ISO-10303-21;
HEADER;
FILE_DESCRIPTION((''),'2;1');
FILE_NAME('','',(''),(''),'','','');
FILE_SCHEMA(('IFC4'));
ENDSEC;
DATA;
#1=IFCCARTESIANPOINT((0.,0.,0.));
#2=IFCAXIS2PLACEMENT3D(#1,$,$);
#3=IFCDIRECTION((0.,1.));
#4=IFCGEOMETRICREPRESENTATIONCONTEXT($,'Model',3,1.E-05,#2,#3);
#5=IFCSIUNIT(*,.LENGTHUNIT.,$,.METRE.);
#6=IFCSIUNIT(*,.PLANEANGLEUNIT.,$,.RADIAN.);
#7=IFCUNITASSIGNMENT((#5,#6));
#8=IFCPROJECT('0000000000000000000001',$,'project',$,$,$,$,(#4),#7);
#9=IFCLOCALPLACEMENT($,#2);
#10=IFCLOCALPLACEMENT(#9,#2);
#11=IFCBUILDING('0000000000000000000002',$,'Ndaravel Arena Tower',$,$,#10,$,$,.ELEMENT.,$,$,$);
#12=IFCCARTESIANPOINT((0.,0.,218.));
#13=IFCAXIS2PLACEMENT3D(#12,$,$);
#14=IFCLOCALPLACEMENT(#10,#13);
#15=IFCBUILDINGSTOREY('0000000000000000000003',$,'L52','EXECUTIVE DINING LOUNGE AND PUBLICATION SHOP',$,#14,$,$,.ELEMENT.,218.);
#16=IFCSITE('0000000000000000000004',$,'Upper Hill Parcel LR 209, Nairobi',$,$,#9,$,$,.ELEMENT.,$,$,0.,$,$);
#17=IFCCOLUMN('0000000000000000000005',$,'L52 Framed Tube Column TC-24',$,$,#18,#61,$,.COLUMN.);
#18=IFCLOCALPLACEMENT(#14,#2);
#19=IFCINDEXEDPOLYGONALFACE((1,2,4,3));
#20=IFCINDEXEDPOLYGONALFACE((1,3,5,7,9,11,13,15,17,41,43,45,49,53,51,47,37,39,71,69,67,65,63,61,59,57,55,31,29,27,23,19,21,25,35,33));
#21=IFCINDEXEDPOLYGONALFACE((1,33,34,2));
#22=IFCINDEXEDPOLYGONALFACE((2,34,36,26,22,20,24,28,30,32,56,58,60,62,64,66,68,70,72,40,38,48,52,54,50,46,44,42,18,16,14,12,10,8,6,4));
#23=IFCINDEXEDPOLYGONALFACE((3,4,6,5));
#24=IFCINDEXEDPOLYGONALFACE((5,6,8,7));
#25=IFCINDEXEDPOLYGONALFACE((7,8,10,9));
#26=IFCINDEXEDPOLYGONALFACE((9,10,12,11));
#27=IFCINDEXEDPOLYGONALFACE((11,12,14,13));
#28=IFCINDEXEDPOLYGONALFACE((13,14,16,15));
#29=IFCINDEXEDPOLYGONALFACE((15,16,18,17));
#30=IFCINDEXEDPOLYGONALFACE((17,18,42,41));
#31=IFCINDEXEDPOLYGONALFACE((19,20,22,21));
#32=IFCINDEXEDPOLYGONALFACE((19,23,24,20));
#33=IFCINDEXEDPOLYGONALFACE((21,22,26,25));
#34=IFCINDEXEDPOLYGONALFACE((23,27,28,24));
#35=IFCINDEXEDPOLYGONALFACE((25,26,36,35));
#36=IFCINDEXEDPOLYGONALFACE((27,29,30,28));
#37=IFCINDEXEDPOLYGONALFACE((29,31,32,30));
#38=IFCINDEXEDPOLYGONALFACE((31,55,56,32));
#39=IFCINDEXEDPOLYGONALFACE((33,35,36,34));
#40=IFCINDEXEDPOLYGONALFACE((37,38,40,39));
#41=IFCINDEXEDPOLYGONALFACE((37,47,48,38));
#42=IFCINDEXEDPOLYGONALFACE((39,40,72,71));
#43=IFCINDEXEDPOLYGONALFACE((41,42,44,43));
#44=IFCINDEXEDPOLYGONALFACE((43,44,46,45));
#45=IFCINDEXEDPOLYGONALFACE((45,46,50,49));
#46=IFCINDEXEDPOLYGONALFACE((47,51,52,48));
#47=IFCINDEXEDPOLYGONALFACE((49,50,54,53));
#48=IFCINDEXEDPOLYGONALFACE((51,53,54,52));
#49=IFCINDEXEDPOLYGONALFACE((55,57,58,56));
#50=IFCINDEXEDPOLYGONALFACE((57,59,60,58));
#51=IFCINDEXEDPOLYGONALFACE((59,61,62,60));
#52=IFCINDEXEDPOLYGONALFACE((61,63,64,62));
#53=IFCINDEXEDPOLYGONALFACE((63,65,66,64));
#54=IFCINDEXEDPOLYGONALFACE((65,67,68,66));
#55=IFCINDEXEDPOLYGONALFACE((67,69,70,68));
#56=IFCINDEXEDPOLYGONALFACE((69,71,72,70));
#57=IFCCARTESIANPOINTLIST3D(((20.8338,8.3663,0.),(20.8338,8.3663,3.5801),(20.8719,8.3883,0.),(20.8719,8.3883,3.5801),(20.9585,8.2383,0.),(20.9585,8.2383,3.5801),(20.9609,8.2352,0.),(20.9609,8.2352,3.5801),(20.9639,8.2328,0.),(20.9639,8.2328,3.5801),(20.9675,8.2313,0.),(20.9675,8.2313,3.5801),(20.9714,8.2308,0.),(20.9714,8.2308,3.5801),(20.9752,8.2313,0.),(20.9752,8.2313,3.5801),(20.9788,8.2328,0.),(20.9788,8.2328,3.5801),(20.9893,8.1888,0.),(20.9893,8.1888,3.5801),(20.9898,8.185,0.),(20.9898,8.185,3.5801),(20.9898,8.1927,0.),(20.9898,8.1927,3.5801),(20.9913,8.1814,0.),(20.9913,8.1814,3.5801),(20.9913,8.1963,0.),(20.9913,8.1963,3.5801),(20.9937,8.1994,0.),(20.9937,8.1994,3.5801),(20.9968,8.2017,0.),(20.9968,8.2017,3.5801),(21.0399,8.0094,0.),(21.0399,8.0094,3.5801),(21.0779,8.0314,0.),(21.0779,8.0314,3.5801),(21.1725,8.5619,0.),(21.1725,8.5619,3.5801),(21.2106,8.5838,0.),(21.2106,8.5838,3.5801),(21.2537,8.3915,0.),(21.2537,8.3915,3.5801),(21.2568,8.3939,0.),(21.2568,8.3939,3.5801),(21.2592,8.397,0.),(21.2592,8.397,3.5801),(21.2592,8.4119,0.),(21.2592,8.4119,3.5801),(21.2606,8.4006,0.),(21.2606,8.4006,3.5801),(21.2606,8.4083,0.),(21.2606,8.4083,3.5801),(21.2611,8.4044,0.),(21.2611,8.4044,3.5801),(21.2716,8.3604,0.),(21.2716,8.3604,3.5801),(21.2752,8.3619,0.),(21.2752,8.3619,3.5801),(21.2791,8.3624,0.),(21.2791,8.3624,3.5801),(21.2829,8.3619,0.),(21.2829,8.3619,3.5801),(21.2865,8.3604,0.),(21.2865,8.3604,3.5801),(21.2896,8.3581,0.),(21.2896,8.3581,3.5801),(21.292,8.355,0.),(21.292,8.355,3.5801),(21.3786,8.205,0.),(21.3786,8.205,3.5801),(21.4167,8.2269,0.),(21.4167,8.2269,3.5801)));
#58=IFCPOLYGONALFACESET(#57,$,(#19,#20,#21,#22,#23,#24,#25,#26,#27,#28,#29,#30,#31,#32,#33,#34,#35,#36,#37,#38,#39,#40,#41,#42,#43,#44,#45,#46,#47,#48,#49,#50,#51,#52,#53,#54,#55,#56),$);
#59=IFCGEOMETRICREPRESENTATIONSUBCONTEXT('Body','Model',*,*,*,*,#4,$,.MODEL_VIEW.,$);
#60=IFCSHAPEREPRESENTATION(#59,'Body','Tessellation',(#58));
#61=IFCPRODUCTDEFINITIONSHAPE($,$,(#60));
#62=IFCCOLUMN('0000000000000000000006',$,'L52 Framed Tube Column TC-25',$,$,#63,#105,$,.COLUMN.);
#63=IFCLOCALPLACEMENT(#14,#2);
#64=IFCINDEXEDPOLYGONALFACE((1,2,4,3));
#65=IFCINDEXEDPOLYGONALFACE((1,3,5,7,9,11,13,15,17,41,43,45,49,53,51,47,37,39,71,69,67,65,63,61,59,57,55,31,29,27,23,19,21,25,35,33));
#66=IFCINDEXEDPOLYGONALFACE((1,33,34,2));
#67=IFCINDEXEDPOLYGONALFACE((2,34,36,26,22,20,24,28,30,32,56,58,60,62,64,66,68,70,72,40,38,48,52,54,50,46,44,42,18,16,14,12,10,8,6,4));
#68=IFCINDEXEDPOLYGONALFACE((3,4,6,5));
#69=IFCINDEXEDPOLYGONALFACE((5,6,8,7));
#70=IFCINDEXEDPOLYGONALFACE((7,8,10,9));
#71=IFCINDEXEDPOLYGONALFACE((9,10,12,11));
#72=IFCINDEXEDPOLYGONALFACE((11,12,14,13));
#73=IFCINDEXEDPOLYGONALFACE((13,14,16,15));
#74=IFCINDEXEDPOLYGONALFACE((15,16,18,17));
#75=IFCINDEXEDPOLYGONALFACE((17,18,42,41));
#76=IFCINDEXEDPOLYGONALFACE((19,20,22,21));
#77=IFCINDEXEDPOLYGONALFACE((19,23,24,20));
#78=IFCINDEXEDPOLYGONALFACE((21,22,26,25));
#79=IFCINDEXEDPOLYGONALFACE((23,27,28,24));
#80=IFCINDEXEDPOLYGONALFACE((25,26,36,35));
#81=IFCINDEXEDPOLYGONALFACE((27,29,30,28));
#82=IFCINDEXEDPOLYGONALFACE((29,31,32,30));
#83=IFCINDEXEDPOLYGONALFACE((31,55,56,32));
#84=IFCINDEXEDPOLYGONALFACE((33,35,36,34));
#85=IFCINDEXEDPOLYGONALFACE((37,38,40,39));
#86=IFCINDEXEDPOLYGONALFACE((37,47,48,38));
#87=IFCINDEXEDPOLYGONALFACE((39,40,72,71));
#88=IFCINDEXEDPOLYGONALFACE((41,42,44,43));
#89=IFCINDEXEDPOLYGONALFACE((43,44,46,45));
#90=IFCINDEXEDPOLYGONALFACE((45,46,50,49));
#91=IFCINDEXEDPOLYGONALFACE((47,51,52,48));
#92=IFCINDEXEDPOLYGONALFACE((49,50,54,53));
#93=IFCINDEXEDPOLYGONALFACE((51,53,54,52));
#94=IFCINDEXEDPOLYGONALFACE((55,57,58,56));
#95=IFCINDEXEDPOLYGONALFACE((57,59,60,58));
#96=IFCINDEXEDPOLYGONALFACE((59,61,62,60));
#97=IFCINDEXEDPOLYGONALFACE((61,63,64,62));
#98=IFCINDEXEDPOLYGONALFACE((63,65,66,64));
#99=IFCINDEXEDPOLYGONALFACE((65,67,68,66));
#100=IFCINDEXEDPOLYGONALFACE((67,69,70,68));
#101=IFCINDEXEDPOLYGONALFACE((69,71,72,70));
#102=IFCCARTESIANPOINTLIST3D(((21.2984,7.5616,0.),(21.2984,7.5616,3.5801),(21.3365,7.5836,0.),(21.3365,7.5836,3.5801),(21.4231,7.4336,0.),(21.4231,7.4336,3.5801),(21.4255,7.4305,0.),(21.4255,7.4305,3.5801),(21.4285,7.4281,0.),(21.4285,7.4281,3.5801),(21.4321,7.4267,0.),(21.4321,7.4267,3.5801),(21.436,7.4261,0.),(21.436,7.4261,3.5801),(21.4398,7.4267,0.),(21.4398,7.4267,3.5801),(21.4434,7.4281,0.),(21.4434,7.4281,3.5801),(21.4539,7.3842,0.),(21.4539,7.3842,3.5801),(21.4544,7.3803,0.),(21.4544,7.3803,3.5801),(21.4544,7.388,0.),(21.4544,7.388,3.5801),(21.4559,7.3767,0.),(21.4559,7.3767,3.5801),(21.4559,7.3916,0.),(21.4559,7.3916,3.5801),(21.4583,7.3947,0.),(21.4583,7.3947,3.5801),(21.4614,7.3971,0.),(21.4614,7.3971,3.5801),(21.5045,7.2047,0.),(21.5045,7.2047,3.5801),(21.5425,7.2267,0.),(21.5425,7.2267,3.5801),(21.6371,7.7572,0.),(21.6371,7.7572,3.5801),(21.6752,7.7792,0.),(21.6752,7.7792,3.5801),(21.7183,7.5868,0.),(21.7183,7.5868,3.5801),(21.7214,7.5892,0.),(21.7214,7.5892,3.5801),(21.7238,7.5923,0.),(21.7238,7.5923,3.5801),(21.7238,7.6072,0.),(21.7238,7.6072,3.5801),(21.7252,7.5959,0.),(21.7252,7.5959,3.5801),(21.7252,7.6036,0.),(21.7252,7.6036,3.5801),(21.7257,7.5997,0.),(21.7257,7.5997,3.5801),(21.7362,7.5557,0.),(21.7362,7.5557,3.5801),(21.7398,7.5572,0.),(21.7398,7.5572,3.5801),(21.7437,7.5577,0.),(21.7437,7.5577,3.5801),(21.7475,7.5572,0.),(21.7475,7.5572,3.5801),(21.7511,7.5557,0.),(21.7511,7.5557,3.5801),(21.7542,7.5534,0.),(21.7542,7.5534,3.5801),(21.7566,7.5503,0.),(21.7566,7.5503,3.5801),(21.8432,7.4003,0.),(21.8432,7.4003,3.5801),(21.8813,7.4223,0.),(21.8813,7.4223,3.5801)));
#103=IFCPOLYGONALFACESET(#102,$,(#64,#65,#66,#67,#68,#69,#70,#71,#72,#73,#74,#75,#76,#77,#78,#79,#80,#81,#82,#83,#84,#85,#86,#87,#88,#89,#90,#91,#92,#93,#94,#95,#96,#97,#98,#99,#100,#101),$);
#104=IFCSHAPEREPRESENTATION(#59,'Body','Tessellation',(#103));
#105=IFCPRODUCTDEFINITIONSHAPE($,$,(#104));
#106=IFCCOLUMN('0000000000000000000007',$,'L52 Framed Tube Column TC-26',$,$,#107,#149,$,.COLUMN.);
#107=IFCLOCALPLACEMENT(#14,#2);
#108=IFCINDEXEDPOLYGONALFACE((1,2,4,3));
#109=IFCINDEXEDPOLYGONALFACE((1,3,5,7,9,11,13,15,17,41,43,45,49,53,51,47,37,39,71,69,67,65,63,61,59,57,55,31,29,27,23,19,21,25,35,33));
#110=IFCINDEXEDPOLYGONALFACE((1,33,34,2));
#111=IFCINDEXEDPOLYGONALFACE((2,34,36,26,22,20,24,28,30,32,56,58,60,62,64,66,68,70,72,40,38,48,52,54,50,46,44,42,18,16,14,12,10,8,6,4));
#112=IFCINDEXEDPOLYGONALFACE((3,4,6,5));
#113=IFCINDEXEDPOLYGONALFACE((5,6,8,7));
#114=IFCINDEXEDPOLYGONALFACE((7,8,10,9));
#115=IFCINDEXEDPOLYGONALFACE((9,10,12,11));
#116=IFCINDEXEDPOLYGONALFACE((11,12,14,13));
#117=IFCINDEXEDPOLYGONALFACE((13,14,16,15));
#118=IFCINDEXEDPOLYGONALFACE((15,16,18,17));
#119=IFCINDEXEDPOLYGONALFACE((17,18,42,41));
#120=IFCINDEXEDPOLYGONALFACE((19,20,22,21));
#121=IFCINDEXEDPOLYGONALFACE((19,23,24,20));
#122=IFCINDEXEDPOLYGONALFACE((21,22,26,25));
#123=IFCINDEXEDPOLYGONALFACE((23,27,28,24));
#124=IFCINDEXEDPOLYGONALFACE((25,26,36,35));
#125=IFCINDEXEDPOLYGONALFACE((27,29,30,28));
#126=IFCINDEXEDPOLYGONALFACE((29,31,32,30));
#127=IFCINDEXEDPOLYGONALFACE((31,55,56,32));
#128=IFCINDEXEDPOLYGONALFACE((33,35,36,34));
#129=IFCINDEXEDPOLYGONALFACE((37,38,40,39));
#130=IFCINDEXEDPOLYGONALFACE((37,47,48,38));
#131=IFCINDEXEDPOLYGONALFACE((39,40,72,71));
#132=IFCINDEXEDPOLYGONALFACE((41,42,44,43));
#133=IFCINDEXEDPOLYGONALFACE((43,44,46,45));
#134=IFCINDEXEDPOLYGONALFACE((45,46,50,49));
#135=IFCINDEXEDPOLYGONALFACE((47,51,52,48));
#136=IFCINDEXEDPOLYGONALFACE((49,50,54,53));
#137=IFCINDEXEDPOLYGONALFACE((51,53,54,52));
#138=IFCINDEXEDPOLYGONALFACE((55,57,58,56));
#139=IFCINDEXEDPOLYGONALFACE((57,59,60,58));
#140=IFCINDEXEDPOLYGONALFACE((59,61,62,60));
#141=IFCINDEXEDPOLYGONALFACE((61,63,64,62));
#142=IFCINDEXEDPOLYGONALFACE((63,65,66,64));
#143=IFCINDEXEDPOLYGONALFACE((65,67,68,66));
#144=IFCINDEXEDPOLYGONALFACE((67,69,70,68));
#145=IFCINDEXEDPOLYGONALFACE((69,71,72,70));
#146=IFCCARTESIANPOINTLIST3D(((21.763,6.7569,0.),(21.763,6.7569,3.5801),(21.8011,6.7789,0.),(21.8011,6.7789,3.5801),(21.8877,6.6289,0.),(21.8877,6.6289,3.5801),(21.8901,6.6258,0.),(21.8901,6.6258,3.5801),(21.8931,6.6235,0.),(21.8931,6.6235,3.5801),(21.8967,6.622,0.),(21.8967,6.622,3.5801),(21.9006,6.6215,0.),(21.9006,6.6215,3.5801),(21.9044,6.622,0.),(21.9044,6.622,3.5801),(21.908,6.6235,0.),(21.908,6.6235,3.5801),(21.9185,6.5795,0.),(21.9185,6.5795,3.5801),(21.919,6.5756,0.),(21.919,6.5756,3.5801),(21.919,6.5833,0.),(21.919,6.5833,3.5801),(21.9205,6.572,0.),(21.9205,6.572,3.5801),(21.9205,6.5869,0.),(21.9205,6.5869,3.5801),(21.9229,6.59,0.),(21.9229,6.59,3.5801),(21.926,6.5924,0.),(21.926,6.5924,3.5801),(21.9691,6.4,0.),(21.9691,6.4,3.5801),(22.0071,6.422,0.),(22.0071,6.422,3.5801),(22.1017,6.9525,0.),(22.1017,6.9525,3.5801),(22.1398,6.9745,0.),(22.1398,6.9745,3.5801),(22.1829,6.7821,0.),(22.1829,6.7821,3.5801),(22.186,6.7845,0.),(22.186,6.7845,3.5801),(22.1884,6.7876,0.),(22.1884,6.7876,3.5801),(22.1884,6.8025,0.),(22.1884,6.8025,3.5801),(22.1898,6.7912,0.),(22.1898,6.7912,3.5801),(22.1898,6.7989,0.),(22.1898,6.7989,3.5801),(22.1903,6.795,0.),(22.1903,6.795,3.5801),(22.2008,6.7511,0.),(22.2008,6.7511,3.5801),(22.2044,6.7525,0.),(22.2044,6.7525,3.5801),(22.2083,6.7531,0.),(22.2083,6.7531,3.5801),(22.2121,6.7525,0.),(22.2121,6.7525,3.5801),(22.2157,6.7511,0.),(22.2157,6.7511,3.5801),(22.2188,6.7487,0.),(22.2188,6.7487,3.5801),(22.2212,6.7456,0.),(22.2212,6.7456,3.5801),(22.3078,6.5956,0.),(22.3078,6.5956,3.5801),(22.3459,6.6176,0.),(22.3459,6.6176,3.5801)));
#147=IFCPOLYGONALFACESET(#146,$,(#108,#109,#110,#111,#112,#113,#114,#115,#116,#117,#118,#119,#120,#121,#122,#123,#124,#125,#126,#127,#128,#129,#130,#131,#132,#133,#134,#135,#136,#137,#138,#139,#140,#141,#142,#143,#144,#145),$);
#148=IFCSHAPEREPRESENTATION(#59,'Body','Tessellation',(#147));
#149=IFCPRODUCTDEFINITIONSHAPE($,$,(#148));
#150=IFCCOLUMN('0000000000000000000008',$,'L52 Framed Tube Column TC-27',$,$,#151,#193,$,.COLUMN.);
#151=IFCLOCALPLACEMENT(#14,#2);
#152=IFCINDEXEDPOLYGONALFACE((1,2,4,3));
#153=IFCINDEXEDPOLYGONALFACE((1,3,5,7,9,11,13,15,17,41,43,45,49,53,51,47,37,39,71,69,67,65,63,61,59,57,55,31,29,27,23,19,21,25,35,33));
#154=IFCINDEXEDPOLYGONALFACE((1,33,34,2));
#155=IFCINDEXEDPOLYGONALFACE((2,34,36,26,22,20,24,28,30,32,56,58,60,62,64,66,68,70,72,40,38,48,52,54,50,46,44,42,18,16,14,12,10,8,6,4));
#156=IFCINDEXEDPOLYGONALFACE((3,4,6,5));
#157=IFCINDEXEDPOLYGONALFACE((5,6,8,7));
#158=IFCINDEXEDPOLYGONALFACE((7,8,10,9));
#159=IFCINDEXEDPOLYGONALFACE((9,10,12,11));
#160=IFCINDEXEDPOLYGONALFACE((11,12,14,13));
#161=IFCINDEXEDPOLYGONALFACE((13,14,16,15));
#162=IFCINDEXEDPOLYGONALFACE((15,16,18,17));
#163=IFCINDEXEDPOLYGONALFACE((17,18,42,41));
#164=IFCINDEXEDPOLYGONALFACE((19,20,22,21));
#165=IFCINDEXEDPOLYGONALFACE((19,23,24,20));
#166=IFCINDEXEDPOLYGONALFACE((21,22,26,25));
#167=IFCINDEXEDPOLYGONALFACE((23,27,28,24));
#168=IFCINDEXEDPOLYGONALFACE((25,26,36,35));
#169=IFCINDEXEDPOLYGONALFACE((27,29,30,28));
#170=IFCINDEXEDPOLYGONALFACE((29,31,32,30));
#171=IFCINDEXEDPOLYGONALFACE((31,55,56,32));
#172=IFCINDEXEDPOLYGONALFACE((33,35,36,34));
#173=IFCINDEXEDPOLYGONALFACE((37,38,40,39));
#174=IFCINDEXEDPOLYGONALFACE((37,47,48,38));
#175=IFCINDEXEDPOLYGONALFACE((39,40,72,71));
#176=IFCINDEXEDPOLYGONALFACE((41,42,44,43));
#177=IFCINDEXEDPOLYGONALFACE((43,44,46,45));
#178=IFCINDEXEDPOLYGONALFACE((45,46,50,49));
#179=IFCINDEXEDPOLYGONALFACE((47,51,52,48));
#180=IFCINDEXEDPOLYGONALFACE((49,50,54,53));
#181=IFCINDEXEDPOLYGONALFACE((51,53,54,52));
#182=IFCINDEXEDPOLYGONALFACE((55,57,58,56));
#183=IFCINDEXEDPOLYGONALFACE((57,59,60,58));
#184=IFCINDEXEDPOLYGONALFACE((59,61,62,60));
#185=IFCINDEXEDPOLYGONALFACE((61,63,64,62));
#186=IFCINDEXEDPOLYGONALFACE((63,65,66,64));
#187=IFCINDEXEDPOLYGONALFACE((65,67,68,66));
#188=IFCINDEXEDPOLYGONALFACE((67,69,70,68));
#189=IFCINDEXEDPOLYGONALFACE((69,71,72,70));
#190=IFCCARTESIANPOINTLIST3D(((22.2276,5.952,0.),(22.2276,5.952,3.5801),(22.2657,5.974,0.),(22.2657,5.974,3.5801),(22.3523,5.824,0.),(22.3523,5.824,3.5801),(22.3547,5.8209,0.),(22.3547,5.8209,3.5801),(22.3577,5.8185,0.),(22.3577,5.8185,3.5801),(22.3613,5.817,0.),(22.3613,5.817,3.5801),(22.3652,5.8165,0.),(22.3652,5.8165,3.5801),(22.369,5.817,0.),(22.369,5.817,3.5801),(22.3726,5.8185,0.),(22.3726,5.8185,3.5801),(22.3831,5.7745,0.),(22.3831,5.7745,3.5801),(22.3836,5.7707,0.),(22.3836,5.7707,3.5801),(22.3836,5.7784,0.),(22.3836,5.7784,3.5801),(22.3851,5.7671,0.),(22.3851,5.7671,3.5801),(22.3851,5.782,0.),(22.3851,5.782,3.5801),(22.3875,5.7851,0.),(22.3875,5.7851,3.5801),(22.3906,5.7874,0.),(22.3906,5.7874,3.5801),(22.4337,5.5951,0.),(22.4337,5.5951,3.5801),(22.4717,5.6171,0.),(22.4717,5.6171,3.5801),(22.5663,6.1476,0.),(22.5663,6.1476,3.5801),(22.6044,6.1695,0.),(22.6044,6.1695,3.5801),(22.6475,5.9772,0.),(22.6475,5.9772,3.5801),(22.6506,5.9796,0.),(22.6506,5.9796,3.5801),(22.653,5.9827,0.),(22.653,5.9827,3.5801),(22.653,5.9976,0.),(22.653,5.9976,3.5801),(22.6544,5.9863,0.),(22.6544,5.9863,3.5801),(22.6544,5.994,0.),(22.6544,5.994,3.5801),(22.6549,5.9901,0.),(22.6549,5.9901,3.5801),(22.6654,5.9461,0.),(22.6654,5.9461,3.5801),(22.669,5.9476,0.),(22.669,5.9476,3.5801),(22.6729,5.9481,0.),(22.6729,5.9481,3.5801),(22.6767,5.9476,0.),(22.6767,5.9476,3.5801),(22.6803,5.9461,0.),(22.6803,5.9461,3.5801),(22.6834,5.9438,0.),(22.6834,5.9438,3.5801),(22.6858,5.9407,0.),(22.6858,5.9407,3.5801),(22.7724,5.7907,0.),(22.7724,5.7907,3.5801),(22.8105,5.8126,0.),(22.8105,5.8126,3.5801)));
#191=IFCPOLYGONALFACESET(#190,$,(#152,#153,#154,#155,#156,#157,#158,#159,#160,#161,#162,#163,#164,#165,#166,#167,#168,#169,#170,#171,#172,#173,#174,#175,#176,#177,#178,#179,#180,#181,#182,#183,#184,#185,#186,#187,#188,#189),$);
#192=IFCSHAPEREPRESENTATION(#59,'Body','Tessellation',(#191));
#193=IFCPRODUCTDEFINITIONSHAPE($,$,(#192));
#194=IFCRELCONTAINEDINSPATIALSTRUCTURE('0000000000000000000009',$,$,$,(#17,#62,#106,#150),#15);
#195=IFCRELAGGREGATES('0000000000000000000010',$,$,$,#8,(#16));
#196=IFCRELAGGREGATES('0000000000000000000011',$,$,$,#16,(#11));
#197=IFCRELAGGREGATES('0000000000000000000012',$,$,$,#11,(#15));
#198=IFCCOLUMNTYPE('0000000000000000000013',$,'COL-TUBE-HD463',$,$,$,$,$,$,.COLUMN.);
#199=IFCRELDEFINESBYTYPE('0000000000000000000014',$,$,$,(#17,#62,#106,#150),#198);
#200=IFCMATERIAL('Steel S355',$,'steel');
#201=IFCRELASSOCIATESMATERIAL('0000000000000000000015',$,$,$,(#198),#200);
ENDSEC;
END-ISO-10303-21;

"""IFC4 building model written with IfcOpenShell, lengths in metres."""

from ifc_helpers import new_model, si_unit, direction, frame, origin, origin_2d, place, context, subcontext, project, spatial, i_section, extrude, material, material_profile, profile_set, type_object, element, save


model = new_model("IFC4")

# Units and contexts
model_context = context("Model", 3, precision=1e-05, world=origin(), true_north=direction((0.0, 1.0)))
body_context = subcontext(model_context, "Body", "Model", "MODEL_VIEW")
ifc_project = project(units=[si_unit("LENGTHUNIT", "METRE"), si_unit("PLANEANGLEUNIT", "RADIAN")], contexts=[model_context])

# Site, building, storey
site_placement = place(None, origin())
site = spatial("IfcSite", under=ifc_project, at=site_placement, Name="Upper Hill Parcel LR 209, Nairobi", CompositionType="ELEMENT", RefElevation=0.0)
building_placement = place(site_placement, origin())
building = spatial("IfcBuilding", under=site, at=building_placement, Name="Ndaravel Arena Tower", CompositionType="ELEMENT")
storey_placement = place(building_placement, frame((0.0, 0.0, 218.0)))
storey = spatial("IfcBuildingStorey", under=building, at=storey_placement, Name="L52", Description="EXECUTIVE DINING LOUNGE AND PUBLICATION SHOP", CompositionType="ELEMENT", Elevation=218.0)

# Columns
ifc_material_1 = material(Name="Steel S355", Category="steel")
ifc_material_profile_1 = material_profile(ifc_material_1, i_section(OverallWidth=0.4121, OverallDepth=0.4351, WebThickness=0.0359, FlangeThickness=0.0439, FilletRadius=0.0149, at=origin_2d()), Name="HD 400x463")
ifc_profile_set_1 = profile_set([ifc_material_profile_1], Name="Steel S355")
column_type = type_object("IfcColumnType", Name="COL-TUBE-HD463", PredefinedType="COLUMN", material=ifc_profile_set_1)
for number, where, z_axis, x_axis, name in (
    (1, (21.1252, 8.2966, 0.0), (0.0, 0.0, 1.0), (-0.5, 0.866025, 0.0), "L52 Framed Tube Column TC-24"),
    (2, (21.5898, 7.4919, 0.0), (0.0, 0.0, 1.0), (-0.5, 0.866025, 0.0), "L52 Framed Tube Column TC-25"),
    (3, (22.0544, 6.6873, 0.0), (0.0, 0.0, 1.0), (-0.5, 0.866025, 0.0), "L52 Framed Tube Column TC-26"),
    (4, (22.519, 5.8823, 0.0), (0.0, 0.0, 1.0), (-0.5, 0.866025, 0.0), "L52 Framed Tube Column TC-27"),
):
    element("IfcColumn", number, at=place(storey_placement, frame(where, z_axis=z_axis, x_axis=x_axis)), inside=storey, type_object=column_type, Name=name, PredefinedType="COLUMN", context=body_context, shape_type="SweptSolid", body=[
        extrude(i_section(OverallWidth=0.4121, OverallDepth=0.4351, WebThickness=0.0359, FlangeThickness=0.0439, FilletRadius=0.0149, at=origin_2d()), origin(), (0.0, 0.0, 1.0), 3.5801),
    ])

save(model, "model.ifc")
